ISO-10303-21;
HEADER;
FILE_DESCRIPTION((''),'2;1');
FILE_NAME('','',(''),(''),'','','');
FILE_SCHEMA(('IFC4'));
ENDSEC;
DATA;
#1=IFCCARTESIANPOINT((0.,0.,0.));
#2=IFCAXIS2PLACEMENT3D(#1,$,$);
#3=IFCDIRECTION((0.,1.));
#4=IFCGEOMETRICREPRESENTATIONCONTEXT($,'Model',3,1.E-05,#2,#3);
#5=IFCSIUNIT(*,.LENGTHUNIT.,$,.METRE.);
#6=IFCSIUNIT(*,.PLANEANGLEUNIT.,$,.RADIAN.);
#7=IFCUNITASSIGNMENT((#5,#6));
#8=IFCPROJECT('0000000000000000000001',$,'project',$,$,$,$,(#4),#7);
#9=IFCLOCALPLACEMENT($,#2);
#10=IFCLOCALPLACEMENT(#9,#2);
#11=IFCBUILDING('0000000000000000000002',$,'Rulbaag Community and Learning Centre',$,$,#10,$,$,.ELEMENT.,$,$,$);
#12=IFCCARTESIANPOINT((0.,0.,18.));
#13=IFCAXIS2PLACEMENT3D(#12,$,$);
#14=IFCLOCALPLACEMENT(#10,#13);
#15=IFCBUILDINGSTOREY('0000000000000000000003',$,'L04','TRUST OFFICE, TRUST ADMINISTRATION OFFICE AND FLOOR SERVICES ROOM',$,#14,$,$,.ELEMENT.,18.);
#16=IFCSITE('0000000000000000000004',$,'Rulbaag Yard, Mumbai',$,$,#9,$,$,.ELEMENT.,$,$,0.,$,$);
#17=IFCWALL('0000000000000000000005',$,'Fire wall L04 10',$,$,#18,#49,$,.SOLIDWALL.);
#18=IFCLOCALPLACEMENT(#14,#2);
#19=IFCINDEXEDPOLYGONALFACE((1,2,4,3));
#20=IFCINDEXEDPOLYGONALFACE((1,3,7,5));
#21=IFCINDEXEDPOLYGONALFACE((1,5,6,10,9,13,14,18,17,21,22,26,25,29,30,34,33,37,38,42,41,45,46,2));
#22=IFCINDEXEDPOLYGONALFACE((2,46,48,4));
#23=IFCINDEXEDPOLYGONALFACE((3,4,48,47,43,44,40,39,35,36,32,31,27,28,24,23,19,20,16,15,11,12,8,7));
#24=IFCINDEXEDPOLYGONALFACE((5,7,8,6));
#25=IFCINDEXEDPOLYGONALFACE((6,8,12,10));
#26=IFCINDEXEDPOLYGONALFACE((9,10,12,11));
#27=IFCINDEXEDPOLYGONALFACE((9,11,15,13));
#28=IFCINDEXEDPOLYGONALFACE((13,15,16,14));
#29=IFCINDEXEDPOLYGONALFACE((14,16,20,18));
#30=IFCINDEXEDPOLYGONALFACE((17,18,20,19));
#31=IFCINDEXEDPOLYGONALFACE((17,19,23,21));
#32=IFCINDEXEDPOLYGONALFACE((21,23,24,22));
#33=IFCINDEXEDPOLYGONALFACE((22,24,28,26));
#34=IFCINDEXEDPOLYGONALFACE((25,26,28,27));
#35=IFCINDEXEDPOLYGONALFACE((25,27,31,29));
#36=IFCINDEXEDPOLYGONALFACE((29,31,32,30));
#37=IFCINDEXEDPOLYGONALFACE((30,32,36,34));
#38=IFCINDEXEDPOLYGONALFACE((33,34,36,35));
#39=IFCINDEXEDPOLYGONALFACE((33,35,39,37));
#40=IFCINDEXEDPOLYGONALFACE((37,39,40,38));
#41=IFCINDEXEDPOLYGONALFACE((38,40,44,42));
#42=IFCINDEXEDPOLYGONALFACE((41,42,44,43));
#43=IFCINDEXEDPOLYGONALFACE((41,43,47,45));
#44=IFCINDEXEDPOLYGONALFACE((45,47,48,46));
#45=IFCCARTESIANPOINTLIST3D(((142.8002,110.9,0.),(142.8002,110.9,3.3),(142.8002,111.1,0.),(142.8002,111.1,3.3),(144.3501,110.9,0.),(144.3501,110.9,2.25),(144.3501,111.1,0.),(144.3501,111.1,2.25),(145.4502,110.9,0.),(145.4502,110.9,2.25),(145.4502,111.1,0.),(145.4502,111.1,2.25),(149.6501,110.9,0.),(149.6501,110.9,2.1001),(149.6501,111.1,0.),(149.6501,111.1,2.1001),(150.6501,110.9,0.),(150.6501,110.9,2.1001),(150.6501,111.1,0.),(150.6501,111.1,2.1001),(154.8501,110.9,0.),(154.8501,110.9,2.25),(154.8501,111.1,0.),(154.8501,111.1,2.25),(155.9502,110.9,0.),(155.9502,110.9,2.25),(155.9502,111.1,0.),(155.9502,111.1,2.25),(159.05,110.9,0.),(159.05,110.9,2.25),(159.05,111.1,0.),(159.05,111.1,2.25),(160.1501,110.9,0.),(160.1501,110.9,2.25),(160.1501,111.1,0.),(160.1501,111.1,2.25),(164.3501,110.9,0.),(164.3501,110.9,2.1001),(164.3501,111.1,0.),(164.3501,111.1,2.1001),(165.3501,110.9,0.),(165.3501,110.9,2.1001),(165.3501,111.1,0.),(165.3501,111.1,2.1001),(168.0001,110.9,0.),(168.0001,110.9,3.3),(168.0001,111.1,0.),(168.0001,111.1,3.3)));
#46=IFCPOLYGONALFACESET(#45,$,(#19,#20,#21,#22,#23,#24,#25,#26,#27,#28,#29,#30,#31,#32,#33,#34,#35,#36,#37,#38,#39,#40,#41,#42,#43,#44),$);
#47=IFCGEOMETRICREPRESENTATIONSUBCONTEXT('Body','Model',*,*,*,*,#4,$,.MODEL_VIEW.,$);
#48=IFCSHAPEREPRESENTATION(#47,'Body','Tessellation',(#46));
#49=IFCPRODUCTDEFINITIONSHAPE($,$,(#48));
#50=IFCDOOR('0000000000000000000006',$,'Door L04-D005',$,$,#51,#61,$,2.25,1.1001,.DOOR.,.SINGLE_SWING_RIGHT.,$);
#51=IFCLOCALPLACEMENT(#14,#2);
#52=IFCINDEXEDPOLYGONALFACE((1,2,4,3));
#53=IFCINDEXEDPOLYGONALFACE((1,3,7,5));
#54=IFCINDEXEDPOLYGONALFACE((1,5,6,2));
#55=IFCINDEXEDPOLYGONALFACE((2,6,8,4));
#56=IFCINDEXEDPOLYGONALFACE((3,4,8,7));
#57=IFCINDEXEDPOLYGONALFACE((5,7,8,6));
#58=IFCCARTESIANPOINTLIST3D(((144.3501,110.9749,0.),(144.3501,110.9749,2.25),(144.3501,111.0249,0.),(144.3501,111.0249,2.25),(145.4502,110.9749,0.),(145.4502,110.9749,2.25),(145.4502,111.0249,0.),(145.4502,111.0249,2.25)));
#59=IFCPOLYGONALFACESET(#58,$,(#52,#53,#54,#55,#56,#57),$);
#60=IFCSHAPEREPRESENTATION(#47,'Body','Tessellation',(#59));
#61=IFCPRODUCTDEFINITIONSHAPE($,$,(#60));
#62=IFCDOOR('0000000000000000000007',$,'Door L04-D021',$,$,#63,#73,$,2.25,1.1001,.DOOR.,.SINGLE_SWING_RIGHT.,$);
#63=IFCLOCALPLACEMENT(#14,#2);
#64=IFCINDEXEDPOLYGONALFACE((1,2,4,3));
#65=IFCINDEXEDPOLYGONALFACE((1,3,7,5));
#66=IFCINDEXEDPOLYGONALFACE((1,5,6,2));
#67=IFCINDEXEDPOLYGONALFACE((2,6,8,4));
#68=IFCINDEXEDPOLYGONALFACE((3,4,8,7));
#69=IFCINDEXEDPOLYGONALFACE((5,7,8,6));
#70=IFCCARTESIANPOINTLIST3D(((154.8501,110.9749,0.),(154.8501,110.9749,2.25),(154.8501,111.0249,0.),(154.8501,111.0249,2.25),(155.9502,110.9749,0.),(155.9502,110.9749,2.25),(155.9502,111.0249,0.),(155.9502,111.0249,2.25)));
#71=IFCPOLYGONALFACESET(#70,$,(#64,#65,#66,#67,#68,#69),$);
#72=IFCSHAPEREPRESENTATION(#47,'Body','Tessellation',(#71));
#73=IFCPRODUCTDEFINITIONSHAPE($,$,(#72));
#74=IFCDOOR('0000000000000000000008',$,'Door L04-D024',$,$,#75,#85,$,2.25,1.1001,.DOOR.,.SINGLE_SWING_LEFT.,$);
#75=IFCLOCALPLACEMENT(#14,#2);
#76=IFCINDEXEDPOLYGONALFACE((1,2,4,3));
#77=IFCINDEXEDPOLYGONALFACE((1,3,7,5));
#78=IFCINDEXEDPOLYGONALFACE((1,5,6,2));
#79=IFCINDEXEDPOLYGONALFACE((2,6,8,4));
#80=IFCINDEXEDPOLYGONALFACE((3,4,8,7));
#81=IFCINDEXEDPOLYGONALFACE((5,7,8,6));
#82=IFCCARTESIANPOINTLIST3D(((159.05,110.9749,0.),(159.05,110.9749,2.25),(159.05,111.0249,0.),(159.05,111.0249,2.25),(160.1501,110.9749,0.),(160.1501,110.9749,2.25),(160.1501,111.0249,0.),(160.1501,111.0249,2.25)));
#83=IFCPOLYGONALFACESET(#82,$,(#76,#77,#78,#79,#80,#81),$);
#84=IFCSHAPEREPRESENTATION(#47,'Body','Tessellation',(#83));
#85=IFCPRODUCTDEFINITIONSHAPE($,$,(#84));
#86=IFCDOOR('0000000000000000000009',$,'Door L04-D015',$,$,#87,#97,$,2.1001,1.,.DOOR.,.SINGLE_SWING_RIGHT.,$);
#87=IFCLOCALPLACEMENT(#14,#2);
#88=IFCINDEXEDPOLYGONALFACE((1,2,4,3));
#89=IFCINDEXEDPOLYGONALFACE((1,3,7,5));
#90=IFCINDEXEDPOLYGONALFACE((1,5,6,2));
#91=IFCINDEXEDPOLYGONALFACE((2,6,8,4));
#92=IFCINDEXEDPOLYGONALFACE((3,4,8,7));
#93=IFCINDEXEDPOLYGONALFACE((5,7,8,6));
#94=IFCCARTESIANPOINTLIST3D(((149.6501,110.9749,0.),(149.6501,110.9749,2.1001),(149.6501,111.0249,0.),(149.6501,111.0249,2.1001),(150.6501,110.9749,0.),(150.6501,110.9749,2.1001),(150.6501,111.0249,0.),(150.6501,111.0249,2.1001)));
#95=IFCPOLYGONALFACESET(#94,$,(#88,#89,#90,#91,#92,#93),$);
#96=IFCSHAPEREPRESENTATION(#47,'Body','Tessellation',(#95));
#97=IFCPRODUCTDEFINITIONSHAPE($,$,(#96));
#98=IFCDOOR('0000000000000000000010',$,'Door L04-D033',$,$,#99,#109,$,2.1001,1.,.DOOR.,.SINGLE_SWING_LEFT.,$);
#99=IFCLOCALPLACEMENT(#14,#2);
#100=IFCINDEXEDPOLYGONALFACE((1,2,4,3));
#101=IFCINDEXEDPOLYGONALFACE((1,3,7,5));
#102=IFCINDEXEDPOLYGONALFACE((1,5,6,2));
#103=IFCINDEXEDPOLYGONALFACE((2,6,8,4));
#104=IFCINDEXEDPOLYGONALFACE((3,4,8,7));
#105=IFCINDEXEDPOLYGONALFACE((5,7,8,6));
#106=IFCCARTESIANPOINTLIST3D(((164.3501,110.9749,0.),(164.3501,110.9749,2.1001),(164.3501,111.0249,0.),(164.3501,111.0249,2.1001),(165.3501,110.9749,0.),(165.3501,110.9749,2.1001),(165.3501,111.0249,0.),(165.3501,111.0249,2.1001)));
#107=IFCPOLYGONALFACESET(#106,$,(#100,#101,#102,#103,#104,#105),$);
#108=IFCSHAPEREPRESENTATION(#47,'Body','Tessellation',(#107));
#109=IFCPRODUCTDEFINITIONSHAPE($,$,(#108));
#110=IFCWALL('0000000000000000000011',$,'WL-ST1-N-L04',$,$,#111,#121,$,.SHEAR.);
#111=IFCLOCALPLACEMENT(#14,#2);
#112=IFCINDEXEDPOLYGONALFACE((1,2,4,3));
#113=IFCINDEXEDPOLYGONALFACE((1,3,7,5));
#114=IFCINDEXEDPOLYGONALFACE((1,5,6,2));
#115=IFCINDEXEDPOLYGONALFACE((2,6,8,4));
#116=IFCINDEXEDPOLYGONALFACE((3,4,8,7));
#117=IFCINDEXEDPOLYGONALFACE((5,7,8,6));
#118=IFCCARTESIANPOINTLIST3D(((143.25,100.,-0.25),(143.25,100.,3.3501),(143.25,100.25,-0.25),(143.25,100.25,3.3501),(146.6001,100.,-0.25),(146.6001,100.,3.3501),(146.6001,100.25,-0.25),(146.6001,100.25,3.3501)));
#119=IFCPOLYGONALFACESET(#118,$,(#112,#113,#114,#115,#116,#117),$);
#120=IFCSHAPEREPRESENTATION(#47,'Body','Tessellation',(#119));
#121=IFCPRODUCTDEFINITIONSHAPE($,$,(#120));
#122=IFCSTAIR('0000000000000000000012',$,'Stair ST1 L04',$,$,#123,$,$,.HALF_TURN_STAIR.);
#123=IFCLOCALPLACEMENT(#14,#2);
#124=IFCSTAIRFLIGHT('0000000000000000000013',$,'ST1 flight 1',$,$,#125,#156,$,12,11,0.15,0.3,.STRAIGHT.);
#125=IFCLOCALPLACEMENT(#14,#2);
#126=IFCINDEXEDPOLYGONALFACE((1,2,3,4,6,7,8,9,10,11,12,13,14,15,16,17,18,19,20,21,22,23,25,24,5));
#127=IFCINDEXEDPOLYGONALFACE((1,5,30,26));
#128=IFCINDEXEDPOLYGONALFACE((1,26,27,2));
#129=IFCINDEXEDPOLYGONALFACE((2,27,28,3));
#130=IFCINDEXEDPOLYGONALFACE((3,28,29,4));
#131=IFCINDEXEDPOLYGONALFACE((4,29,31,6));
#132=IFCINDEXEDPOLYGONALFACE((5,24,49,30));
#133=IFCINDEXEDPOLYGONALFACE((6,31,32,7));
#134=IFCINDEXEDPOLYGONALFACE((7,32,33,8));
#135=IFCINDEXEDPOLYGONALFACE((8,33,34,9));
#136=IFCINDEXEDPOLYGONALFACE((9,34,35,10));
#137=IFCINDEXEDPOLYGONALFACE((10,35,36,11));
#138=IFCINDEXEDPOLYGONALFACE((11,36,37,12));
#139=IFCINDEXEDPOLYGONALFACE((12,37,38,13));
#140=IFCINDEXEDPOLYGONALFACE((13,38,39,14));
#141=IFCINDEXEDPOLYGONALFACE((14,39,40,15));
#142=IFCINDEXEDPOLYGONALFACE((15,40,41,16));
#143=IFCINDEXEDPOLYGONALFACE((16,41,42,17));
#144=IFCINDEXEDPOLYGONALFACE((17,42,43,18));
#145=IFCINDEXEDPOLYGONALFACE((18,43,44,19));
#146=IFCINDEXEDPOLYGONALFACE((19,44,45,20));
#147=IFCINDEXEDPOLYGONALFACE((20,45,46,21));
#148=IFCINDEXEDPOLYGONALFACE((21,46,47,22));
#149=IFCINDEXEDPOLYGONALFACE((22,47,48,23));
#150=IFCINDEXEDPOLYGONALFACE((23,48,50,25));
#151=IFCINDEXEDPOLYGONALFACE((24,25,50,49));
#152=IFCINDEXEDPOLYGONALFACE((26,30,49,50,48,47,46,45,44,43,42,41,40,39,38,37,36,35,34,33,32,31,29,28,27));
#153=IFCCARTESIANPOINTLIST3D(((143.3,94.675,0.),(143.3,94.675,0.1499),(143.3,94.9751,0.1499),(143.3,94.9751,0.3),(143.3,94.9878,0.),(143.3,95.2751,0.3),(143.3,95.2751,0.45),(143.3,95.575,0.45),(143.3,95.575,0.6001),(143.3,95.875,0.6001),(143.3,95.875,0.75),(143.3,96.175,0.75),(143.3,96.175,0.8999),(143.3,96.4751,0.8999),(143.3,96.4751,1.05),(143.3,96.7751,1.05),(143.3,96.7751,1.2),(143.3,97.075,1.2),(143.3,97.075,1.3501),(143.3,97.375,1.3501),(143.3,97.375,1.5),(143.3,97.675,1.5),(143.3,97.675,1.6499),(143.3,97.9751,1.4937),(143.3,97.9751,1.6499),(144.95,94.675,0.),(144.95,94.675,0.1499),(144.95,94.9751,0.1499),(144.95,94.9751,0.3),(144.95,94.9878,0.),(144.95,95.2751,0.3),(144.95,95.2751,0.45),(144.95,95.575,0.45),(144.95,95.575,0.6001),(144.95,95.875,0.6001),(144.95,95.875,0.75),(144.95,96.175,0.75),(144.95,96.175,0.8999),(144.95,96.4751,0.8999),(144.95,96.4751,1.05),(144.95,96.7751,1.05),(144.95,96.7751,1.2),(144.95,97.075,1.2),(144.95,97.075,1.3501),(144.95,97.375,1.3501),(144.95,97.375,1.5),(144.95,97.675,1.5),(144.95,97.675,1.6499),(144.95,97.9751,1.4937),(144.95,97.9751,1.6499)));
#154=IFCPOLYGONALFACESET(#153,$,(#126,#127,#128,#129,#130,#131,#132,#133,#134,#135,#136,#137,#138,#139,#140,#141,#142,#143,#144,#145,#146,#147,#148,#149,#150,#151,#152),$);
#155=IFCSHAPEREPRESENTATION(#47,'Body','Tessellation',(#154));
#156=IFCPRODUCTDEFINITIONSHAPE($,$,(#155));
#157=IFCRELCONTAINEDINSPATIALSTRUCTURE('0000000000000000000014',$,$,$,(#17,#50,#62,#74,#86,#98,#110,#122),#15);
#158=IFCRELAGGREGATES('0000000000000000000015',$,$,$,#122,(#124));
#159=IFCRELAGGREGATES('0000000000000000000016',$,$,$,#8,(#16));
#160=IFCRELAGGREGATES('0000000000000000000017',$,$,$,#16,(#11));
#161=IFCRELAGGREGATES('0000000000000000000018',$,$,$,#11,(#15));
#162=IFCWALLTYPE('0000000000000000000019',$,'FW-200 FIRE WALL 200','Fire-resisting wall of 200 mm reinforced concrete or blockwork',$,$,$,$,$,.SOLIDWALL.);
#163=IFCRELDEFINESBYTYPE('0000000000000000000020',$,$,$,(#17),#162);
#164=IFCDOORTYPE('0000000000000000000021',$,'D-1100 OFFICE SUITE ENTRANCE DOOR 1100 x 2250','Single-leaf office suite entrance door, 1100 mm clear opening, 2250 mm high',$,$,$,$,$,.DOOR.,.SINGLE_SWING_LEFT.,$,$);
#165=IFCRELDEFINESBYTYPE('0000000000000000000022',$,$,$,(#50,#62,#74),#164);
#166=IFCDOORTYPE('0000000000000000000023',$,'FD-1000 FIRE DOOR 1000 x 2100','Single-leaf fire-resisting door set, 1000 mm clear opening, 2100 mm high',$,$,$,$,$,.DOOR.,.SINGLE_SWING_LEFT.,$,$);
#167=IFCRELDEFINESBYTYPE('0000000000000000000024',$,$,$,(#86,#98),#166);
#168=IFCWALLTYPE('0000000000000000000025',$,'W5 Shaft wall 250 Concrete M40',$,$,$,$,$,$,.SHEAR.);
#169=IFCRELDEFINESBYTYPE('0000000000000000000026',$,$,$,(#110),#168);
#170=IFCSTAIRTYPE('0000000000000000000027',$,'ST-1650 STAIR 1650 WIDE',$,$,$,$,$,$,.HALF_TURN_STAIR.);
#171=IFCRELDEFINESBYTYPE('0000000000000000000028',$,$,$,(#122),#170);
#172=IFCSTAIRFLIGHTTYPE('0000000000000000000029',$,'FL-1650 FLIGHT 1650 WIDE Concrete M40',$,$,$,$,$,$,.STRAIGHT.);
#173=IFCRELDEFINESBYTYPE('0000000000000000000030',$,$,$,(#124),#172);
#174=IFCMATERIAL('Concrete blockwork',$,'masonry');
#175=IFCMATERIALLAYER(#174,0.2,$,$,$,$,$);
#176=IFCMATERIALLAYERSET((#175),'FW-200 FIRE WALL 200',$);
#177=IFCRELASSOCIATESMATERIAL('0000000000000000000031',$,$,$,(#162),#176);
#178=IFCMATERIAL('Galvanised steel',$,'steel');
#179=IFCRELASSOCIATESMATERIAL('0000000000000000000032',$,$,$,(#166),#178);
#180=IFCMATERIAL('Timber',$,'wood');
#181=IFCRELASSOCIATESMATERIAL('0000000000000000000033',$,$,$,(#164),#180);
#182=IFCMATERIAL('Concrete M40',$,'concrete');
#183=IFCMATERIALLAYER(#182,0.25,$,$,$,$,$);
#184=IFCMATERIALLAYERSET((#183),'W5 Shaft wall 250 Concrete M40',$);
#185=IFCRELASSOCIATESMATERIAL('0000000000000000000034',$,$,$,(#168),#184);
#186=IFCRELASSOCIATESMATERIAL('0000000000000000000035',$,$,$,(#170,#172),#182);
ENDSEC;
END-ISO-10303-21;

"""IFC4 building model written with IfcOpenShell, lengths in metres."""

from ifc_helpers import new_model, si_unit, direction, frame, frame_2d, origin, place, context, subcontext, project, spatial, polyline, rectangle, outline, extrude, material, layer, layer_set, type_object, element, fill, aggregate, save


model = new_model("IFC4")

# Units and contexts
model_context = context("Model", 3, precision=1e-05, world=origin(), true_north=direction((0.0, 1.0)))
body_context = subcontext(model_context, "Body", "Model", "MODEL_VIEW")
ifc_project = project(units=[si_unit("LENGTHUNIT", "METRE"), si_unit("PLANEANGLEUNIT", "RADIAN")], contexts=[model_context])

# Site, building, storey
site_placement = place(None, origin())
site = spatial("IfcSite", under=ifc_project, at=site_placement, Name="Rulbaag Yard, Mumbai", CompositionType="ELEMENT", RefElevation=0.0)
building_placement = place(site_placement, origin())
building = spatial("IfcBuilding", under=site, at=building_placement, Name="Rulbaag Community and Learning Centre", CompositionType="ELEMENT")
storey_placement = place(building_placement, frame((0.0, 0.0, 18.0)))
storey = spatial("IfcBuildingStorey", under=building, at=storey_placement, Name="L04", Description="TRUST OFFICE, TRUST ADMINISTRATION OFFICE AND FLOOR SERVICES ROOM", CompositionType="ELEMENT", Elevation=18.0)

# Shared definitions
ifc_material_1 = material(Name="Concrete M40", Category="concrete")

# Wall, openings, doors
ifc_material_2 = material(Name="Concrete blockwork", Category="masonry")
ifc_layer_1 = layer(ifc_material_2, 0.2)
ifc_layer_set_1 = layer_set([ifc_layer_1], Name="FW-200 FIRE WALL 200")
wall_type_1 = type_object("IfcWallType", Name="FW-200 FIRE WALL 200", Description="Fire-resisting wall of 200 mm reinforced concrete or blockwork", PredefinedType="SOLIDWALL", material=ifc_layer_set_1)
ifc_material_3 = material(Name="Galvanised steel", Category="steel")
door_type_1 = type_object("IfcDoorType", Name="FD-1000 FIRE DOOR 1000 x 2100", Description="Single-leaf fire-resisting door set, 1000 mm clear opening, 2100 mm high", OperationType="SINGLE_SWING_LEFT", PredefinedType="DOOR", material=ifc_material_3)
wall_1_placement = place(storey_placement, frame((142.8, 111.0, 0.0), z_axis=(0.0, 0.0, 1.0), x_axis=(1.0, 0.0, 0.0)))
wall_1 = element("IfcWall", 1, at=wall_1_placement, inside=storey, type_object=wall_type_1, Name="Fire wall L04 10", PredefinedType="SOLIDWALL", context=body_context, shape_type="SweptSolid", body=[
    extrude(rectangle(XDim=25.2, YDim=0.2, at=frame_2d((12.6001, 0.0))), origin(), (0.0, 0.0, 1.0), 3.3),
])
opening_1_placement = place(wall_1_placement, frame((1.55, 0.0, 0.0)))
opening_1 = element("IfcOpeningElement", 2, at=opening_1_placement, cuts=wall_1, PredefinedType="OPENING", context=body_context, shape_type="SweptSolid", body=[
    extrude(rectangle(XDim=1.1001, YDim=2.25, at=frame_2d((0.55, 1.125))), frame((0.0, 0.1099, 0.0), z_axis=(0.0, -1.0, 0.0), x_axis=(1.0, 0.0, 0.0)), (0.0, 0.0, 1.0), 0.22),
])
opening_2_placement = place(wall_1_placement, frame((6.8501, 0.0, 0.0)))
opening_2 = element("IfcOpeningElement", 3, at=opening_2_placement, cuts=wall_1, PredefinedType="OPENING", context=body_context, shape_type="SweptSolid", body=[
    extrude(rectangle(XDim=1.0, YDim=2.1001, at=frame_2d((0.5, 1.05))), frame((0.0, 0.1099, 0.0), z_axis=(0.0, -1.0, 0.0), x_axis=(1.0, 0.0, 0.0)), (0.0, 0.0, 1.0), 0.22),
])
opening_3_placement = place(wall_1_placement, frame((12.05, 0.0, 0.0)))
opening_3 = element("IfcOpeningElement", 4, at=opening_3_placement, cuts=wall_1, PredefinedType="OPENING", context=body_context, shape_type="SweptSolid", body=[
    extrude(rectangle(XDim=1.1001, YDim=2.25, at=frame_2d((0.55, 1.125))), frame((0.0, 0.1099, 0.0), z_axis=(0.0, -1.0, 0.0), x_axis=(1.0, 0.0, 0.0)), (0.0, 0.0, 1.0), 0.22),
])
opening_4_placement = place(wall_1_placement, frame((16.25, 0.0, 0.0)))
opening_4 = element("IfcOpeningElement", 5, at=opening_4_placement, cuts=wall_1, PredefinedType="OPENING", context=body_context, shape_type="SweptSolid", body=[
    extrude(rectangle(XDim=1.1001, YDim=2.25, at=frame_2d((0.55, 1.125))), frame((0.0, 0.1099, 0.0), z_axis=(0.0, -1.0, 0.0), x_axis=(1.0, 0.0, 0.0)), (0.0, 0.0, 1.0), 0.22),
])
opening_5_placement = place(wall_1_placement, frame((21.55, 0.0, 0.0)))
opening_5 = element("IfcOpeningElement", 6, at=opening_5_placement, cuts=wall_1, PredefinedType="OPENING", context=body_context, shape_type="SweptSolid", body=[
    extrude(rectangle(XDim=1.0, YDim=2.1001, at=frame_2d((0.5, 1.05))), frame((0.0, 0.1099, 0.0), z_axis=(0.0, -1.0, 0.0), x_axis=(1.0, 0.0, 0.0)), (0.0, 0.0, 1.0), 0.22),
])
ifc_material_4 = material(Name="Timber", Category="wood")
door_type_2 = type_object("IfcDoorType", Name="D-1100 OFFICE SUITE ENTRANCE DOOR 1100 x 2250", Description="Single-leaf office suite entrance door, 1100 mm clear opening, 2250 mm high", OperationType="SINGLE_SWING_LEFT", PredefinedType="DOOR", material=ifc_material_4)
door_1_placement = place(opening_1_placement, origin())
door_1 = element("IfcDoor", 7, at=door_1_placement, inside=storey, type_object=door_type_2, Name="Door L04-D005", OperationType="SINGLE_SWING_RIGHT", OverallHeight=2.25, OverallWidth=1.1001, PredefinedType="DOOR", context=body_context, shape_type="SweptSolid", body=[
    extrude(rectangle(XDim=1.1001, YDim=2.25, at=frame_2d((0.55, 1.125))), frame((0.0, 0.0249, 0.0), z_axis=(0.0, -1.0, 0.0), x_axis=(1.0, 0.0, 0.0)), (0.0, 0.0, 1.0), 0.05),
])
fill(opening_1, door_1)
door_2_placement = place(opening_3_placement, origin())
door_2 = element("IfcDoor", 8, at=door_2_placement, inside=storey, type_object=door_type_2, Name="Door L04-D021", OperationType="SINGLE_SWING_RIGHT", OverallHeight=2.25, OverallWidth=1.1001, PredefinedType="DOOR", context=body_context, shape_type="SweptSolid", body=[
    extrude(rectangle(XDim=1.1001, YDim=2.25, at=frame_2d((0.55, 1.125))), frame((0.0, 0.0249, 0.0), z_axis=(0.0, -1.0, 0.0), x_axis=(1.0, 0.0, 0.0)), (0.0, 0.0, 1.0), 0.05),
])
fill(opening_3, door_2)
door_3_placement = place(opening_4_placement, origin())
door_3 = element("IfcDoor", 9, at=door_3_placement, inside=storey, type_object=door_type_2, Name="Door L04-D024", OperationType="SINGLE_SWING_LEFT", OverallHeight=2.25, OverallWidth=1.1001, PredefinedType="DOOR", context=body_context, shape_type="SweptSolid", body=[
    extrude(rectangle(XDim=1.1001, YDim=2.25, at=frame_2d((0.55, 1.125))), frame((0.0, 0.0249, 0.0), z_axis=(0.0, -1.0, 0.0), x_axis=(1.0, 0.0, 0.0)), (0.0, 0.0, 1.0), 0.05),
])
fill(opening_4, door_3)
door_4_placement = place(opening_2_placement, origin())
door_4 = element("IfcDoor", 10, at=door_4_placement, inside=storey, type_object=door_type_1, Name="Door L04-D015", OperationType="SINGLE_SWING_RIGHT", OverallHeight=2.1001, OverallWidth=1.0, PredefinedType="DOOR", context=body_context, shape_type="SweptSolid", body=[
    extrude(rectangle(XDim=1.0, YDim=2.1001, at=frame_2d((0.5, 1.05))), frame((0.0, 0.0249, 0.0), z_axis=(0.0, -1.0, 0.0), x_axis=(1.0, 0.0, 0.0)), (0.0, 0.0, 1.0), 0.05),
])
fill(opening_2, door_4)
door_5_placement = place(opening_5_placement, origin())
door_5 = element("IfcDoor", 11, at=door_5_placement, inside=storey, type_object=door_type_1, Name="Door L04-D033", OperationType="SINGLE_SWING_LEFT", OverallHeight=2.1001, OverallWidth=1.0, PredefinedType="DOOR", context=body_context, shape_type="SweptSolid", body=[
    extrude(rectangle(XDim=1.0, YDim=2.1001, at=frame_2d((0.5, 1.05))), frame((0.0, 0.0249, 0.0), z_axis=(0.0, -1.0, 0.0), x_axis=(1.0, 0.0, 0.0)), (0.0, 0.0, 1.0), 0.05),
])
fill(opening_5, door_5)

# Wall
ifc_layer_2 = layer(ifc_material_1, 0.25)
ifc_layer_set_2 = layer_set([ifc_layer_2], Name="W5 Shaft wall 250 Concrete M40")
wall_type_2 = type_object("IfcWallType", Name="W5 Shaft wall 250 Concrete M40", PredefinedType="SHEAR", material=ifc_layer_set_2)
wall_2_placement = place(storey_placement, frame((143.25, 100.125, -0.25), z_axis=(0.0, 0.0, 1.0), x_axis=(1.0, 0.0, 0.0)))
element("IfcWall", 12, at=wall_2_placement, inside=storey, type_object=wall_type_2, Name="WL-ST1-N-L04", PredefinedType="SHEAR", context=body_context, shape_type="SweptSolid", body=[
    extrude(rectangle(XDim=3.3501, YDim=0.25, at=frame_2d((1.675, 0.0))), origin(), (0.0, 0.0, 1.0), 3.6001),
])

# Stair, stair flight
stair_type = type_object("IfcStairType", Name="ST-1650 STAIR 1650 WIDE", PredefinedType="HALF_TURN_STAIR", material=ifc_material_1)
stair_placement = place(storey_placement, origin())
stair = element("IfcStair", 13, at=stair_placement, inside=storey, type_object=stair_type, Name="Stair ST1 L04", PredefinedType="HALF_TURN_STAIR")
stair_flight_type = type_object("IfcStairFlightType", Name="FL-1650 FLIGHT 1650 WIDE Concrete M40", PredefinedType="STRAIGHT", material=ifc_material_1)
stair_flight_placement = place(storey_placement, frame((144.125, 94.675, 0.0), z_axis=(0.0, 0.0, 1.0), x_axis=(0.0, 1.0, 0.0)))
stair_flight = element("IfcStairFlight", 14, at=stair_flight_placement, type_object=stair_flight_type, Name="ST1 flight 1", NumberOfRisers=12, NumberOfTreads=11, PredefinedType="STRAIGHT", RiserHeight=0.15, TreadLength=0.3, context=body_context, shape_type="SweptSolid", body=[
    extrude(outline(polyline([(0.0, 0.0), (0.0, 0.1499), (0.3, 0.1499), (0.3, 0.3), (0.6001, 0.3), (0.6001, 0.45), (0.8999, 0.45), (0.8999, 0.6001), (1.2, 0.6001), (1.2, 0.75), (1.5, 0.75), (1.5, 0.8999), (1.8, 0.8999), (1.8, 1.05), (2.1001, 1.05), (2.1001, 1.2), (2.3999, 1.2), (2.3999, 1.3501), (2.7, 1.3501), (2.7, 1.5), (3.0, 1.5), (3.0, 1.6499), (3.3, 1.6499), (3.3, 1.4937), (0.3127, 0.0), (0.0, 0.0)])), frame((0.0, 0.825, 0.0), z_axis=(0.0, -1.0, 0.0), x_axis=(1.0, 0.0, 0.0)), (0.0, 0.0, 1.0), 1.6499),
])
aggregate(stair, [stair_flight])

save(model, "model.ifc")
